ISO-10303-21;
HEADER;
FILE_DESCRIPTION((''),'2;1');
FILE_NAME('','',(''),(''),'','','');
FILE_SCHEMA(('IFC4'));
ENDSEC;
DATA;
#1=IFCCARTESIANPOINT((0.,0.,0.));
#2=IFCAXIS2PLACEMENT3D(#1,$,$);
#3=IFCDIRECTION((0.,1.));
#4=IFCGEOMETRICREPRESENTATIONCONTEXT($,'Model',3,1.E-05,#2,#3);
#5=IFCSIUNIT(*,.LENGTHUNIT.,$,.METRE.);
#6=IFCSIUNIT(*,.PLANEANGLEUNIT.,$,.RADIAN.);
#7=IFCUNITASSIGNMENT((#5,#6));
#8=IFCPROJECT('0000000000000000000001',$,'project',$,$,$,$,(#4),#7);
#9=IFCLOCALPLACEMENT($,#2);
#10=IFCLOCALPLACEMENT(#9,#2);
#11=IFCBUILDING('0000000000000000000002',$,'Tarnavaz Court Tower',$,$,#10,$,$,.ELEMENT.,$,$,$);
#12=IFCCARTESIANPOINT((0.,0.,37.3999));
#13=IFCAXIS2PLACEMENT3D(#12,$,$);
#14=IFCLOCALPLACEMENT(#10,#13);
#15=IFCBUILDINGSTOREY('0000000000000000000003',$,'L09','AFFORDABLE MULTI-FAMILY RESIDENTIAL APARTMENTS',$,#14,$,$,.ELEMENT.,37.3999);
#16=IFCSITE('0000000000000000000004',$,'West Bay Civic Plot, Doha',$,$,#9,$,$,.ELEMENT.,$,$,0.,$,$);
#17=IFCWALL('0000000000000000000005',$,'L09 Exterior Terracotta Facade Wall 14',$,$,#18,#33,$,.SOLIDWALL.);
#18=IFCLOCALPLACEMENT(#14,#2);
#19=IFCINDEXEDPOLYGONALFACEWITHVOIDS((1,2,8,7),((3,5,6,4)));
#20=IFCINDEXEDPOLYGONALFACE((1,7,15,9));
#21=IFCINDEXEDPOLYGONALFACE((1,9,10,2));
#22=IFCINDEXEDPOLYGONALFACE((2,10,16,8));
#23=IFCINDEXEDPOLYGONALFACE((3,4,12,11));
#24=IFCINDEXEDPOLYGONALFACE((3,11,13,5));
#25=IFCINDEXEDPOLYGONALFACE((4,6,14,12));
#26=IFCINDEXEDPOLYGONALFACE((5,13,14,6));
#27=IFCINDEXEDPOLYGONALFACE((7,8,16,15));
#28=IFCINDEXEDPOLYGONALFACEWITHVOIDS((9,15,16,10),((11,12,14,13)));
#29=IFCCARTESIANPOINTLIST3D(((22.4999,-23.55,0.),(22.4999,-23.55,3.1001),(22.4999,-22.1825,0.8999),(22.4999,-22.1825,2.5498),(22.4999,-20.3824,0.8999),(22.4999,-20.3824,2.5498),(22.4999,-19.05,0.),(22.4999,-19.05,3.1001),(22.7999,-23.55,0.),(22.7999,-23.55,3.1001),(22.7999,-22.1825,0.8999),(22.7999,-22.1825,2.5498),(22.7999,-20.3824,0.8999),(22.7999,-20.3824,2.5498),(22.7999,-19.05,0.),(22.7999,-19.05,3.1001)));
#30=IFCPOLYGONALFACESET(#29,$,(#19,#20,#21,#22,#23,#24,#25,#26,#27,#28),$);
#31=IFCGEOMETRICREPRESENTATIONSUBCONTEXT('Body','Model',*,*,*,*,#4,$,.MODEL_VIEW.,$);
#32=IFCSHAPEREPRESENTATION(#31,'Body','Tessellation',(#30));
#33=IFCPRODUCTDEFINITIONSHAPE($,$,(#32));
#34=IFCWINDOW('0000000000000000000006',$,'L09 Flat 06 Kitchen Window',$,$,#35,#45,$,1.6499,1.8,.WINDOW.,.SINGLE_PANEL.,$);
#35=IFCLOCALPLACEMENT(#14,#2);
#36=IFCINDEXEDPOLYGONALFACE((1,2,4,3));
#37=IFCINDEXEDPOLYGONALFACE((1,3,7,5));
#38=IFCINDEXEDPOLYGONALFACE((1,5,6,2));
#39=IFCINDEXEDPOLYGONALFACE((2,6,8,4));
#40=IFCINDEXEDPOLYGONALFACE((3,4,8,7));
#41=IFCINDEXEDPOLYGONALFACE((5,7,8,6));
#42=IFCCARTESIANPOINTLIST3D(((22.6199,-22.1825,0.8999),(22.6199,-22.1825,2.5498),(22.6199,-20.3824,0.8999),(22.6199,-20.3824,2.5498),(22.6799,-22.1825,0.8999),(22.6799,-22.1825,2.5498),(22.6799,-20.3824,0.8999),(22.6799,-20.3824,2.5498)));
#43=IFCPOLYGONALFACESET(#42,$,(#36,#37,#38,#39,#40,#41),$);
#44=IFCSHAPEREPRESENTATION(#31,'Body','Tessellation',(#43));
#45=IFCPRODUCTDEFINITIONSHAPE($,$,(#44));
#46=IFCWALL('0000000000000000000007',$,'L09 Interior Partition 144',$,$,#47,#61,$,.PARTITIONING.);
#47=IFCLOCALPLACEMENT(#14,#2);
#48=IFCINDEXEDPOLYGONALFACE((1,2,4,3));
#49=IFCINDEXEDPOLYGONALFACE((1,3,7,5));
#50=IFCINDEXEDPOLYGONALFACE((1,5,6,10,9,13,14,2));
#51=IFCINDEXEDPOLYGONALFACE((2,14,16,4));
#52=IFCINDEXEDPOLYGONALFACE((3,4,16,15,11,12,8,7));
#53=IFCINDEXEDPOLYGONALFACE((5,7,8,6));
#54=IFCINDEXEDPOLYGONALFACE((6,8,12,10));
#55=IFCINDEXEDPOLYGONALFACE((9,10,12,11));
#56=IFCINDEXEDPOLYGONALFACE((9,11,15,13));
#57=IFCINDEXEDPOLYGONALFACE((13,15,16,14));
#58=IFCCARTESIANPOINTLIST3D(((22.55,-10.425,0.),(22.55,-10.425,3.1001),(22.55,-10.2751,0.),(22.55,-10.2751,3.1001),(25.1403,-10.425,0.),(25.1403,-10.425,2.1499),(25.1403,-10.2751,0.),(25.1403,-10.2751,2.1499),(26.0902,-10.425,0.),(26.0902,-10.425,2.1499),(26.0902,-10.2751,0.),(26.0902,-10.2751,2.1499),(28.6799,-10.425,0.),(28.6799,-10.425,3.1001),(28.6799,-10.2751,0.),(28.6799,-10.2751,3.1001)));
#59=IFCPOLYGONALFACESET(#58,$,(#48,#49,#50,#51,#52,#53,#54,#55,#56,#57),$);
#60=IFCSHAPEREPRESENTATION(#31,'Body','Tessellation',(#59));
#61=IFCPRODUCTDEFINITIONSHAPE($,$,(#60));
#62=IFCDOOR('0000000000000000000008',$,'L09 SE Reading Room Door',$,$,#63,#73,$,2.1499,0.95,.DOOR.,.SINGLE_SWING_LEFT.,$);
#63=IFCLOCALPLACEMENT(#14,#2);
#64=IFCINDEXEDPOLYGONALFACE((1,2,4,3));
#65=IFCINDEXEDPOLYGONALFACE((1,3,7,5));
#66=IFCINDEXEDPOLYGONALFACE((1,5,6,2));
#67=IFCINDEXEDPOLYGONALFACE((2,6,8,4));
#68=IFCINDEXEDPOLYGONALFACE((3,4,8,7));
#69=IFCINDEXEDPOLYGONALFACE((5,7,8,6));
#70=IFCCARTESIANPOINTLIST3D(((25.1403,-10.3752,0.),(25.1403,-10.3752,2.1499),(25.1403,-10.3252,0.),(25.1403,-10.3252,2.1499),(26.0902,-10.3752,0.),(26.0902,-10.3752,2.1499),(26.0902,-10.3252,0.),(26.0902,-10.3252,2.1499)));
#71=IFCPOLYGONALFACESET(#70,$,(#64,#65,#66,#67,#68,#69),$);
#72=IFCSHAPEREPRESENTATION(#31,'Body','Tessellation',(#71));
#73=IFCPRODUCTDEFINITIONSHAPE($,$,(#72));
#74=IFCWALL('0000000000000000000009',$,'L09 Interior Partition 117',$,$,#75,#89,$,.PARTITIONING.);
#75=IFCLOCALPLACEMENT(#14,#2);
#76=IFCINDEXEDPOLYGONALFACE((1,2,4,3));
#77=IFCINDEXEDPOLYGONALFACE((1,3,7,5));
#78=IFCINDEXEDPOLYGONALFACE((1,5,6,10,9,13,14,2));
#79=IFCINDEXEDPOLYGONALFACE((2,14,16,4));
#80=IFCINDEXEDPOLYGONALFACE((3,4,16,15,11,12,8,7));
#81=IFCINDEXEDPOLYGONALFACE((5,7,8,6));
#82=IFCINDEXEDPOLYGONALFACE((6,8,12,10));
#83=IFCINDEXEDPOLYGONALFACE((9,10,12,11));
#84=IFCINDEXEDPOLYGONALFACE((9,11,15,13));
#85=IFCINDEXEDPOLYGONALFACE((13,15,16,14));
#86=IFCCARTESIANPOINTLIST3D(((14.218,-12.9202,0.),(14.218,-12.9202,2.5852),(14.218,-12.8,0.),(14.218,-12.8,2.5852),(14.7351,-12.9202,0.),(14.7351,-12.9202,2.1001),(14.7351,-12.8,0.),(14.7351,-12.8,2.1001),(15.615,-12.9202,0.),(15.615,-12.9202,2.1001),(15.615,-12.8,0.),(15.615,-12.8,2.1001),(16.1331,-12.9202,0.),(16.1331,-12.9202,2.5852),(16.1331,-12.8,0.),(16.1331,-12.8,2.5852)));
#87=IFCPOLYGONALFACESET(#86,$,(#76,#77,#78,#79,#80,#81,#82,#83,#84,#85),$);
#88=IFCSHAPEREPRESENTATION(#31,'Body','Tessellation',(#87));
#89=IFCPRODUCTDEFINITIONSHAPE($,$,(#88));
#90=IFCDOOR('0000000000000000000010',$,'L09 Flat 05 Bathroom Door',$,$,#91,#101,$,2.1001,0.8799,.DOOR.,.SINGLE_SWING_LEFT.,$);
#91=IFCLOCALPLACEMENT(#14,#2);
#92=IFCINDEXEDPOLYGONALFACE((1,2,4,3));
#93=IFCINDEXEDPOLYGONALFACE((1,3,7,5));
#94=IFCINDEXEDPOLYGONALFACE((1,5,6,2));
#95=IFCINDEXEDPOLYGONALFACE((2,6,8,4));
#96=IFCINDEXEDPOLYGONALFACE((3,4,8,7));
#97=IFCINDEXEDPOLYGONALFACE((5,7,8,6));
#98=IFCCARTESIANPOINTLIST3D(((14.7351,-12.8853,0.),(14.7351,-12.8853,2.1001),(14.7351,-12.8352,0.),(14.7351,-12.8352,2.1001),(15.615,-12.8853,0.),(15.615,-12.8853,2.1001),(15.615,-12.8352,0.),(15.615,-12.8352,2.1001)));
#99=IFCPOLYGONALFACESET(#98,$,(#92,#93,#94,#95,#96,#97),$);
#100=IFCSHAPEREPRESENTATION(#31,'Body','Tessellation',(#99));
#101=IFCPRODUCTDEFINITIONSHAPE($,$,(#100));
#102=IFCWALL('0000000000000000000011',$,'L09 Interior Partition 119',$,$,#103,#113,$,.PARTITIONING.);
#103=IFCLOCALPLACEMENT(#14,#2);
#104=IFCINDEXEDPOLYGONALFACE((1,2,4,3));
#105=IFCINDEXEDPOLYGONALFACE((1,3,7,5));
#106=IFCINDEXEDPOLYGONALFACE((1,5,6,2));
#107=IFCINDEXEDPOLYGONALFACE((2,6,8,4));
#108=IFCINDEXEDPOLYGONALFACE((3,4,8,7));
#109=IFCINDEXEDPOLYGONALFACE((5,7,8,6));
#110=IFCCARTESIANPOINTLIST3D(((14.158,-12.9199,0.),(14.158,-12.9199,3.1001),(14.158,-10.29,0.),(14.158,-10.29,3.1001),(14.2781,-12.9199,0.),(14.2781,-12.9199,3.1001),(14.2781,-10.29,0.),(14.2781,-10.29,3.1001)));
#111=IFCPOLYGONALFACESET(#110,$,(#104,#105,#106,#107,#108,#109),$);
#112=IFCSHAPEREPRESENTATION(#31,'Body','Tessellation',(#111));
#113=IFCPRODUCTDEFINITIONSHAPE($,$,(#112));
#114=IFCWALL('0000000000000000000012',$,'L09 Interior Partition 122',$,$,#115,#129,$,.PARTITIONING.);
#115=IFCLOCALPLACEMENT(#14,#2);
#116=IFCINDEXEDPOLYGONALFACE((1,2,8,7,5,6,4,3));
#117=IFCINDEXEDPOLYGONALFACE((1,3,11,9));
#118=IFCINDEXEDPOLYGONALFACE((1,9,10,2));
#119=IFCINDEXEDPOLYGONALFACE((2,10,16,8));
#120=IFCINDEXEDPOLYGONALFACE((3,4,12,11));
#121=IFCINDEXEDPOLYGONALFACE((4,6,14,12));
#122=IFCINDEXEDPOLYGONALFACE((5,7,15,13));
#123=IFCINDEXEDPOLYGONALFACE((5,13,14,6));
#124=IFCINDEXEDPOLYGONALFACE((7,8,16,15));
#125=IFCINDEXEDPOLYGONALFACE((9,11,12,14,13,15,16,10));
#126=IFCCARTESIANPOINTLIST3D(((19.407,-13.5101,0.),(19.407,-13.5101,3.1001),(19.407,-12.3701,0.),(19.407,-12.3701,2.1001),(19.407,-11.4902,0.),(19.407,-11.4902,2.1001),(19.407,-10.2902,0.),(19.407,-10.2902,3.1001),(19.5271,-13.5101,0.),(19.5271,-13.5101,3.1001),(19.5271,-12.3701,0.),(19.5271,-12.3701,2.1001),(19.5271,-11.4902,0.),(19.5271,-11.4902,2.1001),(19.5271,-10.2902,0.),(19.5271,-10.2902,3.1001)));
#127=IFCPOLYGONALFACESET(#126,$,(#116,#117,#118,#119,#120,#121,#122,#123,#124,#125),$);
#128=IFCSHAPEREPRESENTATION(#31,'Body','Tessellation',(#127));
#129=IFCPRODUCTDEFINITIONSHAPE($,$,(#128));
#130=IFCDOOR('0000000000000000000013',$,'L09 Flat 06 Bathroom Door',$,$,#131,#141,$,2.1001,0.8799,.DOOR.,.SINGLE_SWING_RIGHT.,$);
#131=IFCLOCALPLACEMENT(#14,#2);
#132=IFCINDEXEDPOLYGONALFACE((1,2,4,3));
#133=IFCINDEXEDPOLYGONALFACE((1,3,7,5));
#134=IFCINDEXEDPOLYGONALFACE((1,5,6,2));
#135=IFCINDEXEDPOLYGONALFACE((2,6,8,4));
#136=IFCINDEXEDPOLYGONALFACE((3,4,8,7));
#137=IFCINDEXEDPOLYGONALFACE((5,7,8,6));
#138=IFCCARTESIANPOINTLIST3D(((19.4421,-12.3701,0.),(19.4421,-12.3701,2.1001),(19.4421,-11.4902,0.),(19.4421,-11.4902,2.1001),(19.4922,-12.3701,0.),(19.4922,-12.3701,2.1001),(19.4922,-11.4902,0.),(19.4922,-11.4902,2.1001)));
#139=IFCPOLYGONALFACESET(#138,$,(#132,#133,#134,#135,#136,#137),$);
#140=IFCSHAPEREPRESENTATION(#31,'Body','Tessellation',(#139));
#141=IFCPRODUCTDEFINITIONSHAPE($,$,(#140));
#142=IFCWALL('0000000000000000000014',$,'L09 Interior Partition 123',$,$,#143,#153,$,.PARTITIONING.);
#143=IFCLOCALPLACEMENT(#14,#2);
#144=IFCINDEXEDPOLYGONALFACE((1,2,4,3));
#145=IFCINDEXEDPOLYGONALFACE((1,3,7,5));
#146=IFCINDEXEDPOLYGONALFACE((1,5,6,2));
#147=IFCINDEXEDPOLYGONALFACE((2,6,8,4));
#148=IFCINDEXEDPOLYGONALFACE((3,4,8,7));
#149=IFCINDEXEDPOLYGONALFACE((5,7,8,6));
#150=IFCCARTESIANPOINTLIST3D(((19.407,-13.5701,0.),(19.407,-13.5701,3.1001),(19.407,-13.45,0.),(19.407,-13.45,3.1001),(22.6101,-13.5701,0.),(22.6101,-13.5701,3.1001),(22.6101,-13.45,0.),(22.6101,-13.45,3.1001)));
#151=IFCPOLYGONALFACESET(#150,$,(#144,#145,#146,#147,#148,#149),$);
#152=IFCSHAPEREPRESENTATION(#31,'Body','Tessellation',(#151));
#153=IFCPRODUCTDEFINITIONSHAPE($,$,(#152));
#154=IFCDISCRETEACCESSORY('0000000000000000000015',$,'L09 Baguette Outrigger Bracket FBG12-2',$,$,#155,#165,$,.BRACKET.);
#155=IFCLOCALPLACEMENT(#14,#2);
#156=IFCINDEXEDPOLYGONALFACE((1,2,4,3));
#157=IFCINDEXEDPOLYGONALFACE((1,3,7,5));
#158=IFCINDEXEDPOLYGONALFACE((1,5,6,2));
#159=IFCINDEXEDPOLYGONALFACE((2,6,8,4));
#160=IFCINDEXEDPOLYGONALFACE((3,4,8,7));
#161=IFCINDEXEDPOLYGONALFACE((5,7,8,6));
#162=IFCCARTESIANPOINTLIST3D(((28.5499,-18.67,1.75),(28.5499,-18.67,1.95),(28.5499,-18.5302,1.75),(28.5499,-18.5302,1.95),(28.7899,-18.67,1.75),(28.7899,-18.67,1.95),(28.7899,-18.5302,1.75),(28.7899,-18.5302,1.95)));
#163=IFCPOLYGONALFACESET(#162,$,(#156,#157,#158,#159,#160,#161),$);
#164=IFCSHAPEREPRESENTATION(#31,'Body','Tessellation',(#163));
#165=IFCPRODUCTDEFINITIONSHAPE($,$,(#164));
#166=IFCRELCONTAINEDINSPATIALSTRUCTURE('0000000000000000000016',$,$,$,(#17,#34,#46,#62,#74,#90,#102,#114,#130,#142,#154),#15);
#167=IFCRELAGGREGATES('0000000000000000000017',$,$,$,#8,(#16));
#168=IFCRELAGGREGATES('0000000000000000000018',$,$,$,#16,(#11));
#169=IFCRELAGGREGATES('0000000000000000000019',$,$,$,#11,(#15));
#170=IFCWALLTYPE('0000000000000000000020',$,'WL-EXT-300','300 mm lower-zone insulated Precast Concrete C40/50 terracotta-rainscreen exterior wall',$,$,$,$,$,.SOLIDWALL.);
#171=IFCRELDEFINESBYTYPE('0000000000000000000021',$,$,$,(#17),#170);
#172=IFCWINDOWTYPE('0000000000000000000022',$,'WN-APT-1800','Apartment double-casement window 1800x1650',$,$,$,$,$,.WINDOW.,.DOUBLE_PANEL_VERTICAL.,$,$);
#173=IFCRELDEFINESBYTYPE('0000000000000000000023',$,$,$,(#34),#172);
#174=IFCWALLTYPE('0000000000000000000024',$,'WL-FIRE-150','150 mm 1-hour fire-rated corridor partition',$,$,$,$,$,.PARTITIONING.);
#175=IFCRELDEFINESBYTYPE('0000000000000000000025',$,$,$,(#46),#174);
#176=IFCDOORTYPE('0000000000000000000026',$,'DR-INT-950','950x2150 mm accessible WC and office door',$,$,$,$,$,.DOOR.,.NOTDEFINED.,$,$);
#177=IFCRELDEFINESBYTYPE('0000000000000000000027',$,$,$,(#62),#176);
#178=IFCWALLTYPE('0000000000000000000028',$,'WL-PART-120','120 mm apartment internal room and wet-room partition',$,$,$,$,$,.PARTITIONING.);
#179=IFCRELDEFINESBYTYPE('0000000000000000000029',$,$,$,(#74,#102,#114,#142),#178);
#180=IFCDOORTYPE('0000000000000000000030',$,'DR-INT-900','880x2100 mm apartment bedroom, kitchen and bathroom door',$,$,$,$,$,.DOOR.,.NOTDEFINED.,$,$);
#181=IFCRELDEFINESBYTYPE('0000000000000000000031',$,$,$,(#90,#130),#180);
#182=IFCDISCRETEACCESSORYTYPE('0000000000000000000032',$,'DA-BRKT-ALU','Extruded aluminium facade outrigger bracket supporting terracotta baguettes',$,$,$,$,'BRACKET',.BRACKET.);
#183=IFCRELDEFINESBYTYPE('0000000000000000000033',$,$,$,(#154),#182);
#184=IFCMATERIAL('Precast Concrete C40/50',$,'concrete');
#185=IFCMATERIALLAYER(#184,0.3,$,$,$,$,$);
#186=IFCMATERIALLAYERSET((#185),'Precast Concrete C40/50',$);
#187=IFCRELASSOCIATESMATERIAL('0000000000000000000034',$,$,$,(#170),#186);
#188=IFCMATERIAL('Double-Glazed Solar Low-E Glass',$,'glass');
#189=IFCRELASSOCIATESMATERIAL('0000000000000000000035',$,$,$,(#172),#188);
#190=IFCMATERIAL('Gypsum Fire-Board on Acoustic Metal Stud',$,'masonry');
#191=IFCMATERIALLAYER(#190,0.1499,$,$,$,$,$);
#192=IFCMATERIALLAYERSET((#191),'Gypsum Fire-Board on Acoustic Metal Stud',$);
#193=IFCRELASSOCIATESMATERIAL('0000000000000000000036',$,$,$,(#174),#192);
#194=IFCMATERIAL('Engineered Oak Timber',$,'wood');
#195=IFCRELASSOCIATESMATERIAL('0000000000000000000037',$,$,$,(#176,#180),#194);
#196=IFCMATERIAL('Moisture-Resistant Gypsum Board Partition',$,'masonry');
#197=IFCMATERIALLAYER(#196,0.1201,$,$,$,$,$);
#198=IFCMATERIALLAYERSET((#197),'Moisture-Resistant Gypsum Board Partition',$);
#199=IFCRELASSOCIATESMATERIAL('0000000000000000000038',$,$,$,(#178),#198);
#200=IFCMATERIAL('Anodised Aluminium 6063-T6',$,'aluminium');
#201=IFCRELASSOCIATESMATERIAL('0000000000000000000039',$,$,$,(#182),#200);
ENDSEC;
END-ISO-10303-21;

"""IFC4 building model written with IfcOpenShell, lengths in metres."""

from ifc_helpers import new_model, si_unit, direction, frame, frame_2d, origin, origin_2d, place, context, subcontext, project, spatial, rectangle, extrude, material, layer, layer_set, type_object, element, fill, save


model = new_model("IFC4")

# Units and contexts
model_context = context("Model", 3, precision=1e-05, world=origin(), true_north=direction((0.0, 1.0)))
body_context = subcontext(model_context, "Body", "Model", "MODEL_VIEW")
ifc_project = project(units=[si_unit("LENGTHUNIT", "METRE"), si_unit("PLANEANGLEUNIT", "RADIAN")], contexts=[model_context])

# Site, building, storey
site_placement = place(None, origin())
site = spatial("IfcSite", under=ifc_project, at=site_placement, Name="West Bay Civic Plot, Doha", CompositionType="ELEMENT", RefElevation=0.0)
building_placement = place(site_placement, origin())
building = spatial("IfcBuilding", under=site, at=building_placement, Name="Tarnavaz Court Tower", CompositionType="ELEMENT")
storey_placement = place(building_placement, frame((0.0, 0.0, 37.3999)))
storey = spatial("IfcBuildingStorey", under=building, at=storey_placement, Name="L09", Description="AFFORDABLE MULTI-FAMILY RESIDENTIAL APARTMENTS", CompositionType="ELEMENT", Elevation=37.3999)

# Wall, opening, window
ifc_material_1 = material(Name="Precast Concrete C40/50", Category="concrete")
ifc_layer_1 = layer(ifc_material_1, 0.3)
ifc_layer_set_1 = layer_set([ifc_layer_1], Name="Precast Concrete C40/50")
wall_type_1 = type_object("IfcWallType", Name="WL-EXT-300", Description="300 mm lower-zone insulated Precast Concrete C40/50 terracotta-rainscreen exterior wall", PredefinedType="SOLIDWALL", material=ifc_layer_set_1)
ifc_material_2 = material(Name="Double-Glazed Solar Low-E Glass", Category="glass")
wall_1_placement = place(storey_placement, frame((22.6499, -19.05, 0.0), z_axis=(0.0, 0.0, 1.0), x_axis=(0.0, -1.0, 0.0)))
wall_1 = element("IfcWall", 1, at=wall_1_placement, inside=storey, type_object=wall_type_1, Name="L09 Exterior Terracotta Facade Wall 14", PredefinedType="SOLIDWALL", context=body_context, shape_type="SweptSolid", body=[
    extrude(rectangle(XDim=4.5, YDim=0.3, at=frame_2d((2.25, 0.0))), origin(), (0.0, 0.0, 1.0), 3.1001),
])
opening_1_placement = place(wall_1_placement, frame((1.3325, 0.0, 0.8999)))
opening_1 = element("IfcOpeningElement", 2, at=opening_1_placement, cuts=wall_1, PredefinedType="OPENING", context=body_context, shape_type="SweptSolid", body=[
    extrude(rectangle(XDim=1.8, YDim=1.6499, at=frame_2d((0.8999, 0.825))), frame((0.0, 0.1599, 0.0), z_axis=(0.0, -1.0, 0.0), x_axis=(1.0, 0.0, 0.0)), (0.0, 0.0, 1.0), 0.3201),
])
window_type_1 = type_object("IfcWindowType", Name="WN-APT-1800", Description="Apartment double-casement window 1800x1650", PartitioningType="DOUBLE_PANEL_VERTICAL", PredefinedType="WINDOW", material=ifc_material_2)
window_1_placement = place(opening_1_placement, origin())
window_1 = element("IfcWindow", 3, at=window_1_placement, inside=storey, type_object=window_type_1, Name="L09 Flat 06 Kitchen Window", OverallHeight=1.6499, OverallWidth=1.8, PartitioningType="SINGLE_PANEL", PredefinedType="WINDOW", context=body_context, shape_type="SweptSolid", body=[
    extrude(rectangle(XDim=1.8, YDim=1.6499, at=frame_2d((0.8999, 0.825))), frame((0.0, 0.03, 0.0), z_axis=(0.0, -1.0, 0.0), x_axis=(1.0, 0.0, 0.0)), (0.0, 0.0, 1.0), 0.0601),
])
fill(opening_1, window_1)

# Walls, openings, doors
ifc_material_3 = material(Name="Gypsum Fire-Board on Acoustic Metal Stud", Category="masonry")
ifc_layer_2 = layer(ifc_material_3, 0.1499)
ifc_layer_set_2 = layer_set([ifc_layer_2], Name="Gypsum Fire-Board on Acoustic Metal Stud")
wall_type_2 = type_object("IfcWallType", Name="WL-FIRE-150", Description="150 mm 1-hour fire-rated corridor partition", PredefinedType="PARTITIONING", material=ifc_layer_set_2)
wall_2_placement = place(storey_placement, frame((22.55, -10.3501, 0.0), z_axis=(0.0, 0.0, 1.0), x_axis=(1.0, 0.0, 0.0)))
wall_2 = element("IfcWall", 4, at=wall_2_placement, inside=storey, type_object=wall_type_2, Name="L09 Interior Partition 144", PredefinedType="PARTITIONING", context=body_context, shape_type="SweptSolid", body=[
    extrude(rectangle(XDim=6.1299, YDim=0.1499, at=frame_2d((3.0649, 0.0))), origin(), (0.0, 0.0, 1.0), 3.1001),
])
opening_2_placement = place(wall_2_placement, frame((2.5901, 0.0, 0.0)))
opening_2 = element("IfcOpeningElement", 5, at=opening_2_placement, cuts=wall_2, PredefinedType="OPENING", context=body_context, shape_type="SweptSolid", body=[
    extrude(rectangle(XDim=0.95, YDim=2.1499, at=frame_2d((0.4751, 1.075))), frame((0.0, 0.085, 0.0), z_axis=(0.0, -1.0, 0.0), x_axis=(1.0, 0.0, 0.0)), (0.0, 0.0, 1.0), 0.1699),
])
ifc_material_4 = material(Name="Engineered Oak Timber", Category="wood")
door_type_1 = type_object("IfcDoorType", Name="DR-INT-950", Description="950x2150 mm accessible WC and office door", OperationType="NOTDEFINED", PredefinedType="DOOR", material=ifc_material_4)
door_1_placement = place(opening_2_placement, origin())
door_1 = element("IfcDoor", 6, at=door_1_placement, inside=storey, type_object=door_type_1, Name="L09 SE Reading Room Door", OperationType="SINGLE_SWING_LEFT", OverallHeight=2.1499, OverallWidth=0.95, PredefinedType="DOOR", context=body_context, shape_type="SweptSolid", body=[
    extrude(rectangle(XDim=0.95, YDim=2.1499, at=frame_2d((0.4751, 1.075))), frame((0.0, 0.0249, 0.0), z_axis=(0.0, -1.0, 0.0), x_axis=(1.0, 0.0, 0.0)), (0.0, 0.0, 1.0), 0.05),
])
fill(opening_2, door_1)
ifc_material_5 = material(Name="Moisture-Resistant Gypsum Board Partition", Category="masonry")
ifc_layer_3 = layer(ifc_material_5, 0.1201)
ifc_layer_set_3 = layer_set([ifc_layer_3], Name="Moisture-Resistant Gypsum Board Partition")
wall_type_3 = type_object("IfcWallType", Name="WL-PART-120", Description="120 mm apartment internal room and wet-room partition", PredefinedType="PARTITIONING", material=ifc_layer_set_3)
wall_3_placement = place(storey_placement, frame((14.218, -12.8601, 0.0), z_axis=(0.0, 0.0, 1.0), x_axis=(1.0, 0.0, 0.0)))
wall_3 = element("IfcWall", 7, at=wall_3_placement, inside=storey, type_object=wall_type_3, Name="L09 Interior Partition 117", PredefinedType="PARTITIONING", context=body_context, shape_type="SweptSolid", body=[
    extrude(rectangle(XDim=1.915, YDim=0.1201, at=frame_2d((0.9575, 0.0))), origin(), (0.0, 0.0, 1.0), 2.5852),
])
opening_3_placement = place(wall_3_placement, frame((0.5171, 0.0, 0.0)))
opening_3 = element("IfcOpeningElement", 8, at=opening_3_placement, cuts=wall_3, PredefinedType="OPENING", context=body_context, shape_type="SweptSolid", body=[
    extrude(rectangle(XDim=0.8799, YDim=2.1001, at=frame_2d((0.4399, 1.05))), frame((0.0, 0.0701, 0.0), z_axis=(0.0, -1.0, 0.0), x_axis=(1.0, 0.0, 0.0)), (0.0, 0.0, 1.0), 0.1401),
])
door_type_2 = type_object("IfcDoorType", Name="DR-INT-900", Description="880x2100 mm apartment bedroom, kitchen and bathroom door", OperationType="NOTDEFINED", PredefinedType="DOOR", material=ifc_material_4)
door_2_placement = place(opening_3_placement, origin())
door_2 = element("IfcDoor", 9, at=door_2_placement, inside=storey, type_object=door_type_2, Name="L09 Flat 05 Bathroom Door", OperationType="SINGLE_SWING_LEFT", OverallHeight=2.1001, OverallWidth=0.8799, PredefinedType="DOOR", context=body_context, shape_type="SweptSolid", body=[
    extrude(rectangle(XDim=0.8799, YDim=2.1001, at=frame_2d((0.4399, 1.05))), frame((0.0, 0.0249, 0.0), z_axis=(0.0, -1.0, 0.0), x_axis=(1.0, 0.0, 0.0)), (0.0, 0.0, 1.0), 0.05),
])
fill(opening_3, door_2)

# Wall
wall_4_placement = place(storey_placement, frame((14.218, -12.9199, 0.0), z_axis=(0.0, 0.0, 1.0), x_axis=(0.0, 1.0, 0.0)))
element("IfcWall", 10, at=wall_4_placement, inside=storey, type_object=wall_type_3, Name="L09 Interior Partition 119", PredefinedType="PARTITIONING", context=body_context, shape_type="SweptSolid", body=[
    extrude(rectangle(XDim=2.6299, YDim=0.1201, at=frame_2d((1.3149, 0.0))), origin(), (0.0, 0.0, 1.0), 3.1001),
])

# Wall, opening, door
wall_5_placement = place(storey_placement, frame((19.467, -13.51, 0.0), z_axis=(0.0, 0.0, 1.0), x_axis=(0.0, 1.0, 0.0)))
wall_5 = element("IfcWall", 11, at=wall_5_placement, inside=storey, type_object=wall_type_3, Name="L09 Interior Partition 122", PredefinedType="PARTITIONING", context=body_context, shape_type="SweptSolid", body=[
    extrude(rectangle(XDim=3.22, YDim=0.1201, at=frame_2d((1.6099, 0.0))), origin(), (0.0, 0.0, 1.0), 3.1001),
])
opening_4_placement = place(wall_5_placement, frame((1.1399, 0.0, 0.0)))
opening_4 = element("IfcOpeningElement", 12, at=opening_4_placement, cuts=wall_5, PredefinedType="OPENING", context=body_context, shape_type="SweptSolid", body=[
    extrude(rectangle(XDim=0.8799, YDim=2.1001, at=frame_2d((0.4399, 1.05))), frame((0.0, 0.0701, 0.0), z_axis=(0.0, -1.0, 0.0), x_axis=(1.0, 0.0, 0.0)), (0.0, 0.0, 1.0), 0.1401),
])
door_3_placement = place(opening_4_placement, origin())
door_3 = element("IfcDoor", 13, at=door_3_placement, inside=storey, type_object=door_type_2, Name="L09 Flat 06 Bathroom Door", OperationType="SINGLE_SWING_RIGHT", OverallHeight=2.1001, OverallWidth=0.8799, PredefinedType="DOOR", context=body_context, shape_type="SweptSolid", body=[
    extrude(rectangle(XDim=0.8799, YDim=2.1001, at=frame_2d((0.4399, 1.05))), frame((0.0, 0.0249, 0.0), z_axis=(0.0, -1.0, 0.0), x_axis=(1.0, 0.0, 0.0)), (0.0, 0.0, 1.0), 0.05),
])
fill(opening_4, door_3)

# Wall
wall_6_placement = place(storey_placement, frame((19.407, -13.51, 0.0), z_axis=(0.0, 0.0, 1.0), x_axis=(1.0, 0.0, 0.0)))
element("IfcWall", 14, at=wall_6_placement, inside=storey, type_object=wall_type_3, Name="L09 Interior Partition 123", PredefinedType="PARTITIONING", context=body_context, shape_type="SweptSolid", body=[
    extrude(rectangle(XDim=3.2031, YDim=0.1201, at=frame_2d((1.6016, 0.0))), origin(), (0.0, 0.0, 1.0), 3.1001),
])

# Discrete accessory
ifc_material_6 = material(Name="Anodised Aluminium 6063-T6", Category="aluminium")
discrete_accessory_type = type_object("IfcDiscreteAccessoryType", Name="DA-BRKT-ALU", Description="Extruded aluminium facade outrigger bracket supporting terracotta baguettes", ElementType="BRACKET", PredefinedType="BRACKET", material=ifc_material_6)
discrete_accessory_placement = place(storey_placement, frame((28.6699, -18.6001, 1.75), z_axis=(0.0, 0.0, 1.0), x_axis=(0.0, -1.0, 0.0)))
element("IfcDiscreteAccessory", 15, at=discrete_accessory_placement, inside=storey, type_object=discrete_accessory_type, Name="L09 Baguette Outrigger Bracket FBG12-2", PredefinedType="BRACKET", context=body_context, shape_type="SweptSolid", body=[
    extrude(rectangle(XDim=0.1399, YDim=0.24, at=origin_2d()), origin(), (0.0, 0.0, 1.0), 0.2),
])

save(model, "model.ifc")
